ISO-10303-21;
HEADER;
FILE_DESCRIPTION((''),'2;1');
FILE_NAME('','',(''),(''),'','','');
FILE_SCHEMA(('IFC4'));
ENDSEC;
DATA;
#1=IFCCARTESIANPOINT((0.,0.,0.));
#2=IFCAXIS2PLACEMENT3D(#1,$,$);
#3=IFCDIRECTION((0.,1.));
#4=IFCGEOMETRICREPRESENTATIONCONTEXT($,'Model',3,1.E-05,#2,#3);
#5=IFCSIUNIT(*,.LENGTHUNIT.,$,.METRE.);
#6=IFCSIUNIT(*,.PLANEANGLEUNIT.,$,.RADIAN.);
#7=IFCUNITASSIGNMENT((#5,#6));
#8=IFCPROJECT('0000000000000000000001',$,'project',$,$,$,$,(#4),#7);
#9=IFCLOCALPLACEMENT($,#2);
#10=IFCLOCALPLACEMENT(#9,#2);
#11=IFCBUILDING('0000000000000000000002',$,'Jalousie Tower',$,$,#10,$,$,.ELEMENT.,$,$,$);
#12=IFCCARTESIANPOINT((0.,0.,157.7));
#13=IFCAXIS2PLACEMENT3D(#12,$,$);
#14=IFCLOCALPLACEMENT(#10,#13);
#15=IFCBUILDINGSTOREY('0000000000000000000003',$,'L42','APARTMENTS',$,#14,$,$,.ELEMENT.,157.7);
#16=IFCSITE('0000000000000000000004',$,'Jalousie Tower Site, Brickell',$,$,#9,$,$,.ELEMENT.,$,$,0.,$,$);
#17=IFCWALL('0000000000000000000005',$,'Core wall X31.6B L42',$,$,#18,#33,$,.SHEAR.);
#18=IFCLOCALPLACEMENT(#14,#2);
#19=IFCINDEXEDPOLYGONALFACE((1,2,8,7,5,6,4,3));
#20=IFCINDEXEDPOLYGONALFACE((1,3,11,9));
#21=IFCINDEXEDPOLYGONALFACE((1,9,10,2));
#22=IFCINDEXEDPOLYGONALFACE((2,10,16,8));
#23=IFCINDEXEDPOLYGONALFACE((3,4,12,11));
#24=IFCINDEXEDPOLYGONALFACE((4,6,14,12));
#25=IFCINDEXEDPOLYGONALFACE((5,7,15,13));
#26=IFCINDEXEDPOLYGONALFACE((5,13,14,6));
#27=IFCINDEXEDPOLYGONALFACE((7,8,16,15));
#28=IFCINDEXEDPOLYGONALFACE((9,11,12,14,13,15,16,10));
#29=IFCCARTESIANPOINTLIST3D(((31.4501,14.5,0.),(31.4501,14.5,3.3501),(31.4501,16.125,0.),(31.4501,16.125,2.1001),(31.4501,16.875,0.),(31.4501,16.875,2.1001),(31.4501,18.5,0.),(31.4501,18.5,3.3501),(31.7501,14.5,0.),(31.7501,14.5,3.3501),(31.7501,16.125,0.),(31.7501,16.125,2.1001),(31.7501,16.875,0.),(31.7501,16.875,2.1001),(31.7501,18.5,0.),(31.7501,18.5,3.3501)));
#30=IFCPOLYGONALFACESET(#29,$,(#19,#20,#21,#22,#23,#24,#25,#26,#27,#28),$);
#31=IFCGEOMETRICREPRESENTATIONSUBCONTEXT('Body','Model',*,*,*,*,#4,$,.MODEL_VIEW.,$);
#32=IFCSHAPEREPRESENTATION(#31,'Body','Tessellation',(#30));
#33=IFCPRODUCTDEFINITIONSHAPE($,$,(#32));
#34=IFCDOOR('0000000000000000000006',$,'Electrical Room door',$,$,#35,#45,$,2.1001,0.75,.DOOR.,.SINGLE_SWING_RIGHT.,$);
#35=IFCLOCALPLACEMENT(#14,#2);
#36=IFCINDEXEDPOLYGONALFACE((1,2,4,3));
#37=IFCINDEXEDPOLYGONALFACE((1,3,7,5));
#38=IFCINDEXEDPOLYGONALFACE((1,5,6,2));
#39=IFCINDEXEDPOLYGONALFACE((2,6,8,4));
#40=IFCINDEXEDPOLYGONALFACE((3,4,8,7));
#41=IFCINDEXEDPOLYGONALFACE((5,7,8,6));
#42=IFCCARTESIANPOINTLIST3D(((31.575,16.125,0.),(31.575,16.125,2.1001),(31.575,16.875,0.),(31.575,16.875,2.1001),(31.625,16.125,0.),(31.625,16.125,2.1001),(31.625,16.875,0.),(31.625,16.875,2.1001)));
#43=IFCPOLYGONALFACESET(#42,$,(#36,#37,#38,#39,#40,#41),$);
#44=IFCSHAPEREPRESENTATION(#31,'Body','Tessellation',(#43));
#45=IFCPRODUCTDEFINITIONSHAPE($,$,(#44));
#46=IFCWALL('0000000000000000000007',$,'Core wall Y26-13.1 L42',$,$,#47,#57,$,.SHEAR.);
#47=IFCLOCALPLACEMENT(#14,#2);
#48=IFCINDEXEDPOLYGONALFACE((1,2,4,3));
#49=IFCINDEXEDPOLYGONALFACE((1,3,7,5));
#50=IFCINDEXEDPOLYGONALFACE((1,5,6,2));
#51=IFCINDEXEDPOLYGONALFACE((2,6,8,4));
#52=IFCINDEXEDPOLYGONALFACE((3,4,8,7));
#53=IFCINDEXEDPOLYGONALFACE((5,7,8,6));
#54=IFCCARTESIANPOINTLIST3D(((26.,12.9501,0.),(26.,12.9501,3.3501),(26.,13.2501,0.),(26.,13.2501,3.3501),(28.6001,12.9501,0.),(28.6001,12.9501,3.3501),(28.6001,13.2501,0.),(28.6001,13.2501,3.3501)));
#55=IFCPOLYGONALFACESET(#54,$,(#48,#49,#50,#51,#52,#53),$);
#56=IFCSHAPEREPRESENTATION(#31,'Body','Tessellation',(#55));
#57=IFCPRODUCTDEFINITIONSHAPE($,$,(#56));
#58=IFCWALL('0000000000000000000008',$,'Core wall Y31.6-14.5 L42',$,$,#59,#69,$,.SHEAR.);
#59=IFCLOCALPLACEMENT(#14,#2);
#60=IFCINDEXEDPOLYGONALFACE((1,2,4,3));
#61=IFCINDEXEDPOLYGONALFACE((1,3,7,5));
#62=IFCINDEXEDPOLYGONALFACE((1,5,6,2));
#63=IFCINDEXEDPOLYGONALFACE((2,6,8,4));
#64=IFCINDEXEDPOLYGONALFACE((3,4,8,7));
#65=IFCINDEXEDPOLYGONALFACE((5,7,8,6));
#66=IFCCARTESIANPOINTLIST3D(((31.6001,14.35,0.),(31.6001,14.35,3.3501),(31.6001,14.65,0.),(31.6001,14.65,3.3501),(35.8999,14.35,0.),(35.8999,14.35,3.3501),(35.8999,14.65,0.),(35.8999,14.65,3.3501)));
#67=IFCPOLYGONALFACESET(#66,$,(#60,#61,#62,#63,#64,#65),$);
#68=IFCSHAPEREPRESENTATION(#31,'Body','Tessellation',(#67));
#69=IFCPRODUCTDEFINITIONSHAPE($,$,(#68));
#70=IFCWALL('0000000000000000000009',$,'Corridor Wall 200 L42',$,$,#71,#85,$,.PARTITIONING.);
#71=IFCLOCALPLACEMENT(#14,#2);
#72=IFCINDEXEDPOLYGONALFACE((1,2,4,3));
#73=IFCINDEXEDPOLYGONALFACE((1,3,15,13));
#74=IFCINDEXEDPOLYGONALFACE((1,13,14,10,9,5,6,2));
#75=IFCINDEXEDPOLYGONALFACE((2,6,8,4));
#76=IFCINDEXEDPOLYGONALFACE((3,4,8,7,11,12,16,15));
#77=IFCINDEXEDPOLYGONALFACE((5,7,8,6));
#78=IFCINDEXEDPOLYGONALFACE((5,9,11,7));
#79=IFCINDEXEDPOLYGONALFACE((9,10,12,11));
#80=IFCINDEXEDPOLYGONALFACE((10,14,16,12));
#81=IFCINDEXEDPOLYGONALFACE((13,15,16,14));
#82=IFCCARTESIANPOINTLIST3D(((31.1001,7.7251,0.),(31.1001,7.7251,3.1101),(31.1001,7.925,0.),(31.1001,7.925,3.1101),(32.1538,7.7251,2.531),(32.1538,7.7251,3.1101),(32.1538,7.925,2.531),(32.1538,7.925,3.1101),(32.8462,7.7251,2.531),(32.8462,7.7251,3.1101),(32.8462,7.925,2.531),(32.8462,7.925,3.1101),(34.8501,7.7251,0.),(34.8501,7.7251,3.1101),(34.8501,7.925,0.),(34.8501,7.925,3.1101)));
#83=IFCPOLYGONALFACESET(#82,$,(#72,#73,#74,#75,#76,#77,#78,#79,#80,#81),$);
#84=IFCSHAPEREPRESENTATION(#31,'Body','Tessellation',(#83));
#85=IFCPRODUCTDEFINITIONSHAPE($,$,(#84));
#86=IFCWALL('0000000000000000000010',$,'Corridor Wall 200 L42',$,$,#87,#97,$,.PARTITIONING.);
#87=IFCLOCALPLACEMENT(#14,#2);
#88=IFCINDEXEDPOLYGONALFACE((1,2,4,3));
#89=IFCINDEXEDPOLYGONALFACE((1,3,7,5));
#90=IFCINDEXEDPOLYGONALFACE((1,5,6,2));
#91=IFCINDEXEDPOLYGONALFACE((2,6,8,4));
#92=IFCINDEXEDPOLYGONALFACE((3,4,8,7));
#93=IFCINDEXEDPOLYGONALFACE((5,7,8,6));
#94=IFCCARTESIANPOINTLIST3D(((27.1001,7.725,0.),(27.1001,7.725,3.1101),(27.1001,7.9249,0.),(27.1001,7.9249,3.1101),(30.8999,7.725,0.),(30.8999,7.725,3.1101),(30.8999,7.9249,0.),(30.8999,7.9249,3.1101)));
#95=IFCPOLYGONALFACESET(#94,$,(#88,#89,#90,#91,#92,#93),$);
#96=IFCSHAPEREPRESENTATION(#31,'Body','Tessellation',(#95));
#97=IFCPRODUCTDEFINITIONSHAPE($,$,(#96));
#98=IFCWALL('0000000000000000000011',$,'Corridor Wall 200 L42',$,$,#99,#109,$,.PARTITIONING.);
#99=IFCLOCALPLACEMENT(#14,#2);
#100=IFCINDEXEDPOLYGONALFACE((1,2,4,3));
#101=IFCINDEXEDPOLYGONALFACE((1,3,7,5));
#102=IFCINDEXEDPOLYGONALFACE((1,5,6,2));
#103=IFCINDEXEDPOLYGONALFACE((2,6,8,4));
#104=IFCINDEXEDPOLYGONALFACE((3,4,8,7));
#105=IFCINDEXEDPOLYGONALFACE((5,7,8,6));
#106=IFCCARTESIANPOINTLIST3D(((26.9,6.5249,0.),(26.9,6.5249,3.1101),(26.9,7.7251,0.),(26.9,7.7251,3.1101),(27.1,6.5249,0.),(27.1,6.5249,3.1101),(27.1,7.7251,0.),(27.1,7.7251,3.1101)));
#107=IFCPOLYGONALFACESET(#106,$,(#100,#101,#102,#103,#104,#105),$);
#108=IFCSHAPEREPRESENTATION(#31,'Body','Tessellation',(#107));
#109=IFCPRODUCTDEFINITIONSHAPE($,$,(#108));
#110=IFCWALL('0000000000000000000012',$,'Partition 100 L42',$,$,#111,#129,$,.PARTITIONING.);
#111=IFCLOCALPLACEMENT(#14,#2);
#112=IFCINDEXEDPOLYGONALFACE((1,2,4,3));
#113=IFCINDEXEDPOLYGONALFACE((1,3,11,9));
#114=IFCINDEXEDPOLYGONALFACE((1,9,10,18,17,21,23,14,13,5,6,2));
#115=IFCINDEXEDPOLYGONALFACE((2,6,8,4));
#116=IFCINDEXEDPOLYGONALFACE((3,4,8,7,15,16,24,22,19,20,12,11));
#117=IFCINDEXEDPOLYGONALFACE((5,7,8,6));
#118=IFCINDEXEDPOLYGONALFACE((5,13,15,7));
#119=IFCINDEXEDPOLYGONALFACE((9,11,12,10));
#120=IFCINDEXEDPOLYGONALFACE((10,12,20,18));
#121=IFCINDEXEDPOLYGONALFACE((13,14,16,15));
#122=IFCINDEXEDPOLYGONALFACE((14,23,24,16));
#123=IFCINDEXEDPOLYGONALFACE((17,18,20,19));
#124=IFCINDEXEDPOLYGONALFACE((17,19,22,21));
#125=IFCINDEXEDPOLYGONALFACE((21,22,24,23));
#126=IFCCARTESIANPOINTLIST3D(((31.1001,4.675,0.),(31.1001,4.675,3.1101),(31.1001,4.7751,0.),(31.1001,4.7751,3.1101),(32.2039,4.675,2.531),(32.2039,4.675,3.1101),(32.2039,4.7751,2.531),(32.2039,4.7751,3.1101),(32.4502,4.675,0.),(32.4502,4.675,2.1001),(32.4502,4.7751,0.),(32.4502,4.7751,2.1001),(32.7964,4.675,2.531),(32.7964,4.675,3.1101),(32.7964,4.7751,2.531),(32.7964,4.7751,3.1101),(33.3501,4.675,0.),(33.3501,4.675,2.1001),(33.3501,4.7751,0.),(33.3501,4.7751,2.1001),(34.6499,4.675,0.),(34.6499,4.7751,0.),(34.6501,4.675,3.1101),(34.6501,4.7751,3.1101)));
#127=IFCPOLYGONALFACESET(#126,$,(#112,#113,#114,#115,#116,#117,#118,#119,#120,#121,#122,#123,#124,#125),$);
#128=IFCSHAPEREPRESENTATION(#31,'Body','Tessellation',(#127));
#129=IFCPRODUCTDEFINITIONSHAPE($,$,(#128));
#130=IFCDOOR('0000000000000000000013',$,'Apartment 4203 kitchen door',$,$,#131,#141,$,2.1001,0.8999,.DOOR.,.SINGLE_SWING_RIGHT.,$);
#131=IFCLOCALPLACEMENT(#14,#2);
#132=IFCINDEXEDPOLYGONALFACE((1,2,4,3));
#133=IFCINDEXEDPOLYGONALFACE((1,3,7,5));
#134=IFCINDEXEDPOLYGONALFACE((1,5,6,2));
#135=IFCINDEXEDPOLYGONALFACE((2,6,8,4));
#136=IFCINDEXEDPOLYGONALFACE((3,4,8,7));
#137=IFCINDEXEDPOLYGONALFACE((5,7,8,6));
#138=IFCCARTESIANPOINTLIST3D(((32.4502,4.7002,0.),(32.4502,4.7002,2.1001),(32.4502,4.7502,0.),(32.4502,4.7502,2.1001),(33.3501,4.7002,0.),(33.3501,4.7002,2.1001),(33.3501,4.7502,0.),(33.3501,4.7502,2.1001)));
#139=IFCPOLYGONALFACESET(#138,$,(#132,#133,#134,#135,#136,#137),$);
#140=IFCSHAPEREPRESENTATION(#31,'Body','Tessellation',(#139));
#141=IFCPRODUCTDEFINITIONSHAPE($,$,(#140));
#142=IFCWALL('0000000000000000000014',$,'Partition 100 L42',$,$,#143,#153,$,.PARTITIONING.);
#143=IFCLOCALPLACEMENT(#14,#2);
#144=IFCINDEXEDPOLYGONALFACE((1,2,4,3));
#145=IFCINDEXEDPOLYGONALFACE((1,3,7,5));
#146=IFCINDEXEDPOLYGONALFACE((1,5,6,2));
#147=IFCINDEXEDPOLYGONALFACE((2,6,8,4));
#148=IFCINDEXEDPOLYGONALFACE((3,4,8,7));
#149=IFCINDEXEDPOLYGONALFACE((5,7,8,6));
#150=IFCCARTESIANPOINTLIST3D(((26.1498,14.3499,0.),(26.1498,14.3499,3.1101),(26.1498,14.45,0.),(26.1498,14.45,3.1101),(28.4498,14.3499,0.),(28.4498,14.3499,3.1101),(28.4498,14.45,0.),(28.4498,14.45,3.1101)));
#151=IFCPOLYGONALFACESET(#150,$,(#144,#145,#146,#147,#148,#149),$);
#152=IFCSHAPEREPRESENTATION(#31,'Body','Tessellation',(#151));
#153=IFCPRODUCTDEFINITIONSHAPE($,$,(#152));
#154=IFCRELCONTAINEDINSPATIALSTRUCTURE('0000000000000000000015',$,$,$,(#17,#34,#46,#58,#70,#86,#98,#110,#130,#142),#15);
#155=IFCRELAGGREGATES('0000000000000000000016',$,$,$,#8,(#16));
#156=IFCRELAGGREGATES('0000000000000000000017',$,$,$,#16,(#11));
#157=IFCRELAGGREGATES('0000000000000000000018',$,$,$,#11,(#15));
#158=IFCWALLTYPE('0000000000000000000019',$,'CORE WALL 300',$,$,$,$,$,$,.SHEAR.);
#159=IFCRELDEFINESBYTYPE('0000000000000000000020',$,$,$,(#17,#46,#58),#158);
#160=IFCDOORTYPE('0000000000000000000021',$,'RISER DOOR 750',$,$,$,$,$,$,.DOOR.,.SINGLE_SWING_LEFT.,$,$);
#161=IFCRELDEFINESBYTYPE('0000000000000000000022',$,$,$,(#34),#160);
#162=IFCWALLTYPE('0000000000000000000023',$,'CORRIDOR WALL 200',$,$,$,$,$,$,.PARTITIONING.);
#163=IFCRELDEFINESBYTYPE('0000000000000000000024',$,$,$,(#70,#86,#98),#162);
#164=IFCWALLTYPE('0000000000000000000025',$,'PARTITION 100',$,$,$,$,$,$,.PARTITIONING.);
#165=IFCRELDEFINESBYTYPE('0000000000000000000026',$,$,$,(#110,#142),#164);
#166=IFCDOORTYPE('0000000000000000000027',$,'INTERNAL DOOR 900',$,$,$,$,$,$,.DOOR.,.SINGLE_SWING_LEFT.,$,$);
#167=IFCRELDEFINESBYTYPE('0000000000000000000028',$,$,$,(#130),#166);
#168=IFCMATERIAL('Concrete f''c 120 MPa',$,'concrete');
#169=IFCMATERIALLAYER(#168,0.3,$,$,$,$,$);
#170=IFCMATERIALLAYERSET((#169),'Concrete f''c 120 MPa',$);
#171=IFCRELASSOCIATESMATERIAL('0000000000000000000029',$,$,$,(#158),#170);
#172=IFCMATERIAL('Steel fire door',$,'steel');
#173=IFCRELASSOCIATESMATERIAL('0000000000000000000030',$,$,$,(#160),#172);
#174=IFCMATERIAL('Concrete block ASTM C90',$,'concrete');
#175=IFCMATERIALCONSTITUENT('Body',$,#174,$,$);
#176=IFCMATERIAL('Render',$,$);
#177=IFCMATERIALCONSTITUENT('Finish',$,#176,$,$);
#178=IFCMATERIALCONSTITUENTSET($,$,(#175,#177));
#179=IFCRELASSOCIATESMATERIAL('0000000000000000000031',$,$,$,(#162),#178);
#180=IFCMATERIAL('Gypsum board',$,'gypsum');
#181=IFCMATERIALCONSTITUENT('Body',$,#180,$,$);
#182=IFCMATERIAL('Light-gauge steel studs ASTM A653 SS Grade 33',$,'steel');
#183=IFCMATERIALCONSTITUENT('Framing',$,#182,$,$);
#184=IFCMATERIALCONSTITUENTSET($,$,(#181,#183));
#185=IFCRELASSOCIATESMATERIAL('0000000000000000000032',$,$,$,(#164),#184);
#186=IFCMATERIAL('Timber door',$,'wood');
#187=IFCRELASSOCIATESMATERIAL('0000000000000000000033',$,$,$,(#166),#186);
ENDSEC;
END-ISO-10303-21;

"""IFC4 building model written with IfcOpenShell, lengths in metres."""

from ifc_helpers import new_model, si_unit, direction, frame, frame_2d, origin, place, context, subcontext, project, spatial, polyline, rectangle, outline, extrude, material, layer, layer_set, constituent, constituent_set, type_object, element, fill, save


model = new_model("IFC4")

# Units and contexts
model_context = context("Model", 3, precision=1e-05, world=origin(), true_north=direction((0.0, 1.0)))
body_context = subcontext(model_context, "Body", "Model", "MODEL_VIEW")
ifc_project = project(units=[si_unit("LENGTHUNIT", "METRE"), si_unit("PLANEANGLEUNIT", "RADIAN")], contexts=[model_context])

# Site, building, storey
site_placement = place(None, origin())
site = spatial("IfcSite", under=ifc_project, at=site_placement, Name="Jalousie Tower Site, Brickell", CompositionType="ELEMENT", RefElevation=0.0)
building_placement = place(site_placement, origin())
building = spatial("IfcBuilding", under=site, at=building_placement, Name="Jalousie Tower", CompositionType="ELEMENT")
storey_placement = place(building_placement, frame((0.0, 0.0, 157.7)))
storey = spatial("IfcBuildingStorey", under=building, at=storey_placement, Name="L42", Description="APARTMENTS", CompositionType="ELEMENT", Elevation=157.7)

# Shared definitions
ifc_material_1 = material(Name="Concrete f'c 120 MPa", Category="concrete")
ifc_layer_1 = layer(ifc_material_1, 0.3)
ifc_layer_set_1 = layer_set([ifc_layer_1], Name="Concrete f'c 120 MPa")
wall_type_1 = type_object("IfcWallType", Name="CORE WALL 300", PredefinedType="SHEAR", material=ifc_layer_set_1)

# Wall, opening, door
ifc_material_2 = material(Name="Steel fire door", Category="steel")
door_type_1 = type_object("IfcDoorType", Name="RISER DOOR 750", OperationType="SINGLE_SWING_LEFT", PredefinedType="DOOR", material=ifc_material_2)
wall_1_placement = place(storey_placement, frame((31.6001, 14.5, 0.0), z_axis=(0.0, 0.0, 1.0), x_axis=(0.0, 1.0, 0.0)))
wall_1 = element("IfcWall", 1, at=wall_1_placement, inside=storey, type_object=wall_type_1, Name="Core wall X31.6B L42", PredefinedType="SHEAR", context=body_context, shape_type="SweptSolid", body=[
    extrude(rectangle(XDim=4.0, YDim=0.3, at=frame_2d((2.0, 0.0))), origin(), (0.0, 0.0, 1.0), 3.3501),
])
opening_1_placement = place(wall_1_placement, frame((1.625, 0.0, 0.0)))
opening_1 = element("IfcOpeningElement", 2, at=opening_1_placement, cuts=wall_1, PredefinedType="OPENING", context=body_context, shape_type="SweptSolid", body=[
    extrude(rectangle(XDim=0.75, YDim=2.1001, at=frame_2d((0.375, 1.05))), frame((0.0, 0.1599, 0.0), z_axis=(0.0, -1.0, 0.0), x_axis=(1.0, 0.0, 0.0)), (0.0, 0.0, 1.0), 0.3201),
])
door_1_placement = place(opening_1_placement, frame((0.75, 0.0, 0.0), z_axis=(0.0, 0.0, 1.0), x_axis=(-1.0, 0.0, 0.0)))
door_1 = element("IfcDoor", 3, at=door_1_placement, inside=storey, type_object=door_type_1, Name="Electrical Room door", OperationType="SINGLE_SWING_RIGHT", OverallHeight=2.1001, OverallWidth=0.75, PredefinedType="DOOR", context=body_context, shape_type="SweptSolid", body=[
    extrude(rectangle(XDim=0.75, YDim=2.1001, at=frame_2d((0.375, 1.05))), frame((0.0, 0.0249, 0.0), z_axis=(0.0, -1.0, 0.0), x_axis=(1.0, 0.0, 0.0)), (0.0, 0.0, 1.0), 0.05),
])
fill(opening_1, door_1)

# Walls
wall_2_placement = place(storey_placement, frame((26.0, 13.1001, 0.0), z_axis=(0.0, 0.0, 1.0), x_axis=(1.0, 0.0, 0.0)))
element("IfcWall", 4, at=wall_2_placement, inside=storey, type_object=wall_type_1, Name="Core wall Y26-13.1 L42", PredefinedType="SHEAR", context=body_context, shape_type="SweptSolid", body=[
    extrude(rectangle(XDim=2.6001, YDim=0.3, at=frame_2d((1.3, 0.0))), origin(), (0.0, 0.0, 1.0), 3.3501),
])
wall_3_placement = place(storey_placement, frame((31.6001, 14.5, 0.0), z_axis=(0.0, 0.0, 1.0), x_axis=(1.0, 0.0, 0.0)))
element("IfcWall", 5, at=wall_3_placement, inside=storey, type_object=wall_type_1, Name="Core wall Y31.6-14.5 L42", PredefinedType="SHEAR", context=body_context, shape_type="SweptSolid", body=[
    extrude(rectangle(XDim=4.2998, YDim=0.3, at=frame_2d((2.1499, 0.0))), origin(), (0.0, 0.0, 1.0), 3.3501),
])
ifc_material_3 = material(Name="Concrete block ASTM C90", Category="concrete")
ifc_constituent_1 = constituent(ifc_material_3, Name="Body")
ifc_material_4 = material(Name="Render")
ifc_constituent_2 = constituent(ifc_material_4, Name="Finish")
ifc_constituent_set_1 = constituent_set(constituents=[ifc_constituent_1, ifc_constituent_2])
wall_type_2 = type_object("IfcWallType", Name="CORRIDOR WALL 200", PredefinedType="PARTITIONING", material=ifc_constituent_set_1)
wall_4_placement = place(storey_placement, frame((31.1001, 7.825, 0.0), z_axis=(0.0, 0.0, 1.0), x_axis=(1.0, 0.0, 0.0)))
element("IfcWall", 6, at=wall_4_placement, inside=storey, type_object=wall_type_2, Name="Corridor Wall 200 L42", PredefinedType="PARTITIONING", context=body_context, shape_type="SweptSolid", body=[
    extrude(outline(polyline([(0.0, 0.0), (3.75, 0.0), (3.75, 3.1101), (1.7461, 3.1101), (1.7461, 2.531), (1.0537, 2.531), (1.0537, 3.1101), (0.0, 3.1101), (0.0, 0.0)])), frame((0.0, 0.1001, 0.0), z_axis=(0.0, -1.0, 0.0), x_axis=(1.0, 0.0, 0.0)), (0.0, 0.0, 1.0), 0.2),
])
wall_5_placement = place(storey_placement, frame((27.1001, 7.825, 0.0), z_axis=(0.0, 0.0, 1.0), x_axis=(1.0, 0.0, 0.0)))
element("IfcWall", 7, at=wall_5_placement, inside=storey, type_object=wall_type_2, Name="Corridor Wall 200 L42", PredefinedType="PARTITIONING", context=body_context, shape_type="SweptSolid", body=[
    extrude(rectangle(XDim=3.7998, YDim=0.2, at=frame_2d((1.8999, 0.0))), origin(), (0.0, 0.0, 1.0), 3.1101),
])
wall_6_placement = place(storey_placement, frame((27.0, 7.7251, 0.0), z_axis=(0.0, 0.0, 1.0), x_axis=(0.0, -1.0, 0.0)))
element("IfcWall", 8, at=wall_6_placement, inside=storey, type_object=wall_type_2, Name="Corridor Wall 200 L42", PredefinedType="PARTITIONING", context=body_context, shape_type="SweptSolid", body=[
    extrude(rectangle(XDim=1.2002, YDim=0.2, at=frame_2d((0.6001, 0.0))), origin(), (0.0, 0.0, 1.0), 3.1101),
])

# Wall, opening, door
ifc_material_5 = material(Name="Gypsum board", Category="gypsum")
ifc_constituent_3 = constituent(ifc_material_5, Name="Body")
ifc_material_6 = material(Name="Light-gauge steel studs ASTM A653 SS Grade 33", Category="steel")
ifc_constituent_4 = constituent(ifc_material_6, Name="Framing")
ifc_constituent_set_2 = constituent_set(constituents=[ifc_constituent_3, ifc_constituent_4])
wall_type_3 = type_object("IfcWallType", Name="PARTITION 100", PredefinedType="PARTITIONING", material=ifc_constituent_set_2)
wall_7_placement = place(storey_placement, frame((31.1001, 4.7251, 0.0), z_axis=(0.0, 0.0, 1.0), x_axis=(1.0, 0.0, 0.0)))
wall_7 = element("IfcWall", 9, at=wall_7_placement, inside=storey, type_object=wall_type_3, Name="Partition 100 L42", PredefinedType="PARTITIONING", context=body_context, shape_type="SweptSolid", body=[
    extrude(outline(polyline([(0.0, 0.0), (3.5498, 0.0), (3.55, 3.1101), (1.6963, 3.1101), (1.6963, 2.531), (1.1038, 2.531), (1.1038, 3.1101), (0.0, 3.1101), (0.0, 0.0)])), frame((0.0, 0.05, 0.0), z_axis=(0.0, -1.0, 0.0), x_axis=(1.0, 0.0, 0.0)), (0.0, 0.0, 1.0), 0.1001),
])
opening_2_placement = place(wall_7_placement, frame((1.3501, 0.0, 0.0)))
opening_2 = element("IfcOpeningElement", 10, at=opening_2_placement, cuts=wall_7, PredefinedType="OPENING", context=body_context, shape_type="SweptSolid", body=[
    extrude(rectangle(XDim=0.8999, YDim=2.1001, at=frame_2d((0.45, 1.05))), frame((0.0, 0.0601, 0.0), z_axis=(0.0, -1.0, 0.0), x_axis=(1.0, 0.0, 0.0)), (0.0, 0.0, 1.0), 0.1201),
])
ifc_material_7 = material(Name="Timber door", Category="wood")
door_type_2 = type_object("IfcDoorType", Name="INTERNAL DOOR 900", OperationType="SINGLE_SWING_LEFT", PredefinedType="DOOR", material=ifc_material_7)
door_2_placement = place(opening_2_placement, frame((0.8999, 0.0, 0.0), z_axis=(0.0, 0.0, 1.0), x_axis=(-1.0, 0.0, 0.0)))
door_2 = element("IfcDoor", 11, at=door_2_placement, inside=storey, type_object=door_type_2, Name="Apartment 4203 kitchen door", OperationType="SINGLE_SWING_RIGHT", OverallHeight=2.1001, OverallWidth=0.8999, PredefinedType="DOOR", context=body_context, shape_type="SweptSolid", body=[
    extrude(rectangle(XDim=0.8999, YDim=2.1001, at=frame_2d((0.45, 1.05))), frame((0.0, 0.0249, 0.0), z_axis=(0.0, -1.0, 0.0), x_axis=(1.0, 0.0, 0.0)), (0.0, 0.0, 1.0), 0.05),
])
fill(opening_2, door_2)

# Wall
wall_8_placement = place(storey_placement, frame((26.1499, 14.3999, 0.0), z_axis=(0.0, 0.0, 1.0), x_axis=(1.0, 0.0, 0.0)))
element("IfcWall", 12, at=wall_8_placement, inside=storey, type_object=wall_type_3, Name="Partition 100 L42", PredefinedType="PARTITIONING", context=body_context, shape_type="SweptSolid", body=[
    extrude(rectangle(XDim=2.3, YDim=0.1001, at=frame_2d((1.1499, 0.0))), origin(), (0.0, 0.0, 1.0), 3.1101),
])

save(model, "model.ifc")
